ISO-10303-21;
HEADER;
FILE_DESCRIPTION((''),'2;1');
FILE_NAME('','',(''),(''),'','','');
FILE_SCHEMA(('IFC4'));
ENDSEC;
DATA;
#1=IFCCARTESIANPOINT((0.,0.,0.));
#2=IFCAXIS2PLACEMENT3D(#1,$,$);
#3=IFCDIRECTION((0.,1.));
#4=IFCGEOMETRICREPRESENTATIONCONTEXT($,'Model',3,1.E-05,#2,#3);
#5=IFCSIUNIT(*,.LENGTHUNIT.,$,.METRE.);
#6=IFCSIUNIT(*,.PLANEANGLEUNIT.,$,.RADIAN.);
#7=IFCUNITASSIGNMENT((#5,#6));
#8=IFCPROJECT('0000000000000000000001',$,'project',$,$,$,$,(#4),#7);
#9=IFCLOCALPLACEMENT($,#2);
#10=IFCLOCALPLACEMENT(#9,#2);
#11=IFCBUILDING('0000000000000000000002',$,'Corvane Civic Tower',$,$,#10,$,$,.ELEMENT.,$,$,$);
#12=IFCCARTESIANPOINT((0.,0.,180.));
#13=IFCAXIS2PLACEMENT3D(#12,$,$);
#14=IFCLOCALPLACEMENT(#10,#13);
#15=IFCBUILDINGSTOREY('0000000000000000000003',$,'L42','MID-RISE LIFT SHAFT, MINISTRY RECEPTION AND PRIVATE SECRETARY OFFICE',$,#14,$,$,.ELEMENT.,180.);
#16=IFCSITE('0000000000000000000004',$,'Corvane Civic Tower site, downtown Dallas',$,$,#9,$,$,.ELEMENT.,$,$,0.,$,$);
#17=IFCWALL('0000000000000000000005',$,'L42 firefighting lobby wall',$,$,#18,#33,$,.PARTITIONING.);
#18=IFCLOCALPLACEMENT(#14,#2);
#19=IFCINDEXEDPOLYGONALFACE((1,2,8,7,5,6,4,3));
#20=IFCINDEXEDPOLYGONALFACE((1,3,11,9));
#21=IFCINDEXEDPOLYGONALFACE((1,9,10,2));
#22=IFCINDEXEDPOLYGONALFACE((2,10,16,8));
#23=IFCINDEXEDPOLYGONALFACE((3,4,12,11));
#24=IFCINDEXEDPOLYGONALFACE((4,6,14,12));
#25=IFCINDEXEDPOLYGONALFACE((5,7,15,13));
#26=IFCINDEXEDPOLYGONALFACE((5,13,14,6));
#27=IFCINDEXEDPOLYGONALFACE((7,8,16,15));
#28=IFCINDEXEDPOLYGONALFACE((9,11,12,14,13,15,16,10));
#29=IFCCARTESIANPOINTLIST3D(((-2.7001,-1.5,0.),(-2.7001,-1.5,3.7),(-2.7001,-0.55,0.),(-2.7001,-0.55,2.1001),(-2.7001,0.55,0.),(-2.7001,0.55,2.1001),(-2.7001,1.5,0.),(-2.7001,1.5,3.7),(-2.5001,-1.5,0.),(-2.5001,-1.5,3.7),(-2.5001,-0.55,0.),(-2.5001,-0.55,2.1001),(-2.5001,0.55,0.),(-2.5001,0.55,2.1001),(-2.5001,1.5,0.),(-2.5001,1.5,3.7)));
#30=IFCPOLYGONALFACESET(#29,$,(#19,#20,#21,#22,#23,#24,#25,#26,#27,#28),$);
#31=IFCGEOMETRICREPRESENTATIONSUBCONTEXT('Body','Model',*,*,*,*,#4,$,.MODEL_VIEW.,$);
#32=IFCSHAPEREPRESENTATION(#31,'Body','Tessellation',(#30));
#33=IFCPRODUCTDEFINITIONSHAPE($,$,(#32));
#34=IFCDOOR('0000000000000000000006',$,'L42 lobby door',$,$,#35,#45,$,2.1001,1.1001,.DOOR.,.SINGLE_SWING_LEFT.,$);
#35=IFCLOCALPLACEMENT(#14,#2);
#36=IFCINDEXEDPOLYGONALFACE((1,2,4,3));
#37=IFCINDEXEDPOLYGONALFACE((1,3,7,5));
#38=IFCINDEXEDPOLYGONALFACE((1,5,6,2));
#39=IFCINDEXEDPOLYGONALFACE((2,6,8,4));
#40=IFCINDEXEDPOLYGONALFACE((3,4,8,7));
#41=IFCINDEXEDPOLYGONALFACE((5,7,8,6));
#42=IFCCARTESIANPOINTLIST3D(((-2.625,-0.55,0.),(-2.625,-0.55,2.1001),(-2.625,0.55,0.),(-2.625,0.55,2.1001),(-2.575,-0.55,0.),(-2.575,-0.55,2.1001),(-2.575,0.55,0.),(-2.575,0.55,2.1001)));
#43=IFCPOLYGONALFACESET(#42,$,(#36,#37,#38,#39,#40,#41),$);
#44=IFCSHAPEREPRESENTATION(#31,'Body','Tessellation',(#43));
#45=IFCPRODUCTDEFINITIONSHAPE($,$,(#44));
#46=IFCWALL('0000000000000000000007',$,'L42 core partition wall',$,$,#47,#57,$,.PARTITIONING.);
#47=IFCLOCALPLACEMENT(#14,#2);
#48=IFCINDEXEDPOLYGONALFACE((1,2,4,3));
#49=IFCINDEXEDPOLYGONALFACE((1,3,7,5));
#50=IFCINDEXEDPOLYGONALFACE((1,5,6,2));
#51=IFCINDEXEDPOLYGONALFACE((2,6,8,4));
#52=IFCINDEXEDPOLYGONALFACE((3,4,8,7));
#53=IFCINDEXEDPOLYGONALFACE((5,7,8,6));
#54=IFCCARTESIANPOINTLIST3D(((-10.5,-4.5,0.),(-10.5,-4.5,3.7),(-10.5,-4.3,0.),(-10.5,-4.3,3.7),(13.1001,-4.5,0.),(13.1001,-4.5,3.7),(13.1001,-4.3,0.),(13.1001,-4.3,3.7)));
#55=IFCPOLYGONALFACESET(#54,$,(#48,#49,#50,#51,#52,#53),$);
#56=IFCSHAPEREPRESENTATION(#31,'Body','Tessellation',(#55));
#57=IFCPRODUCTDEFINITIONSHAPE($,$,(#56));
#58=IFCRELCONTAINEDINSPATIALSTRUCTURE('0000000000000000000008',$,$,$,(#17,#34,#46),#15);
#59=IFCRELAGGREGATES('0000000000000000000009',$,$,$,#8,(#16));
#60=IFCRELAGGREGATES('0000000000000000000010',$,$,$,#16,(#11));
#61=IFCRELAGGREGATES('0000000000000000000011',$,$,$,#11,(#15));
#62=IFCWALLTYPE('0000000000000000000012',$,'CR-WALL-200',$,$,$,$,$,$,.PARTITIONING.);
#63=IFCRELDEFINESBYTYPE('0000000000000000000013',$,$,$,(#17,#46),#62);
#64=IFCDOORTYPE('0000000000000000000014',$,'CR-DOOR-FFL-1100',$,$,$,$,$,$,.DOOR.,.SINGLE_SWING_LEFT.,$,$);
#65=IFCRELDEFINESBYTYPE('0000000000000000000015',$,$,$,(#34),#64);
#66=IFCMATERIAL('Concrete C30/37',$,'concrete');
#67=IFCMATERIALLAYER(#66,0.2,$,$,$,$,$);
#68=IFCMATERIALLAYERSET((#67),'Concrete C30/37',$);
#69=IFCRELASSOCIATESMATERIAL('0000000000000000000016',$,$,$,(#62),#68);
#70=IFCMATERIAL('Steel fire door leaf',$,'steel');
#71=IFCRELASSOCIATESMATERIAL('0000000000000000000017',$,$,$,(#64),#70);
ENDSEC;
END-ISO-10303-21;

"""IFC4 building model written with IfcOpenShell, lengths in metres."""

from ifc_helpers import new_model, si_unit, direction, frame, frame_2d, origin, place, context, subcontext, project, spatial, polyline, rectangle, outline, extrude, material, layer, layer_set, type_object, element, fill, save


model = new_model("IFC4")

# Units and contexts
model_context = context("Model", 3, precision=1e-05, world=origin(), true_north=direction((0.0, 1.0)))
body_context = subcontext(model_context, "Body", "Model", "MODEL_VIEW")
ifc_project = project(units=[si_unit("LENGTHUNIT", "METRE"), si_unit("PLANEANGLEUNIT", "RADIAN")], contexts=[model_context])

# Site, building, storey
site_placement = place(None, origin())
site = spatial("IfcSite", under=ifc_project, at=site_placement, Name="Corvane Civic Tower site, downtown Dallas", CompositionType="ELEMENT", RefElevation=0.0)
building_placement = place(site_placement, origin())
building = spatial("IfcBuilding", under=site, at=building_placement, Name="Corvane Civic Tower", CompositionType="ELEMENT")
storey_placement = place(building_placement, frame((0.0, 0.0, 180.0)))
storey = spatial("IfcBuildingStorey", under=building, at=storey_placement, Name="L42", Description="MID-RISE LIFT SHAFT, MINISTRY RECEPTION AND PRIVATE SECRETARY OFFICE", CompositionType="ELEMENT", Elevation=180.0)

# Shared definitions
ifc_material_1 = material(Name="Concrete C30/37", Category="concrete")
ifc_layer_1 = layer(ifc_material_1, 0.2)
ifc_layer_set_1 = layer_set([ifc_layer_1], Name="Concrete C30/37")
wall_type = type_object("IfcWallType", Name="CR-WALL-200", PredefinedType="PARTITIONING", material=ifc_layer_set_1)

# Wall, opening, door
ifc_material_2 = material(Name="Steel fire door leaf", Category="steel")
door_type_1 = type_object("IfcDoorType", Name="CR-DOOR-FFL-1100", OperationType="SINGLE_SWING_LEFT", PredefinedType="DOOR", material=ifc_material_2)
wall_1_placement = place(storey_placement, frame((-2.6001, -1.5, 0.0), z_axis=(0.0, 0.0, 1.0), x_axis=(0.0, 1.0, 0.0)))
wall_1 = element("IfcWall", 1, at=wall_1_placement, inside=storey, type_object=wall_type, Name="L42 firefighting lobby wall", PredefinedType="PARTITIONING", context=body_context, shape_type="SweptSolid", body=[
    extrude(rectangle(XDim=3.0, YDim=0.2, at=frame_2d((1.5, 0.0))), origin(), (0.0, 0.0, 1.0), 3.7),
])
opening_1_placement = place(wall_1_placement, frame((0.95, 0.0, 0.0)))
opening_1 = element("IfcOpeningElement", 2, at=opening_1_placement, cuts=wall_1, PredefinedType="OPENING", context=body_context, shape_type="SweptSolid", body=[
    extrude(rectangle(XDim=1.1001, YDim=2.1001, at=frame_2d((0.55, 1.05))), frame((0.0, 0.1099, 0.0), z_axis=(0.0, -1.0, 0.0), x_axis=(1.0, 0.0, 0.0)), (0.0, 0.0, 1.0), 0.22),
])
door_1_placement = place(opening_1_placement, origin())
door_1 = element("IfcDoor", 3, at=door_1_placement, inside=storey, type_object=door_type_1, Name="L42 lobby door", OperationType="SINGLE_SWING_LEFT", OverallHeight=2.1001, OverallWidth=1.1001, PredefinedType="DOOR", context=body_context, shape_type="SweptSolid", body=[
    extrude(rectangle(XDim=1.1001, YDim=2.1001, at=frame_2d((0.55, 1.05))), frame((0.0, 0.0249, 0.0), z_axis=(0.0, -1.0, 0.0), x_axis=(1.0, 0.0, 0.0)), (0.0, 0.0, 1.0), 0.05),
])
fill(opening_1, door_1)

# Wall
wall_2_placement = place(storey_placement, origin())
element("IfcWall", 4, at=wall_2_placement, inside=storey, type_object=wall_type, Name="L42 core partition wall", PredefinedType="PARTITIONING", context=body_context, shape_type="SweptSolid", body=[
    extrude(outline(polyline([(13.1001, -4.3), (13.1001, -4.5), (-10.5, -4.5), (-10.5, -4.3), (13.1001, -4.3)])), origin(), (0.0, 0.0, 1.0), 3.7),
])

save(model, "model.ifc")
